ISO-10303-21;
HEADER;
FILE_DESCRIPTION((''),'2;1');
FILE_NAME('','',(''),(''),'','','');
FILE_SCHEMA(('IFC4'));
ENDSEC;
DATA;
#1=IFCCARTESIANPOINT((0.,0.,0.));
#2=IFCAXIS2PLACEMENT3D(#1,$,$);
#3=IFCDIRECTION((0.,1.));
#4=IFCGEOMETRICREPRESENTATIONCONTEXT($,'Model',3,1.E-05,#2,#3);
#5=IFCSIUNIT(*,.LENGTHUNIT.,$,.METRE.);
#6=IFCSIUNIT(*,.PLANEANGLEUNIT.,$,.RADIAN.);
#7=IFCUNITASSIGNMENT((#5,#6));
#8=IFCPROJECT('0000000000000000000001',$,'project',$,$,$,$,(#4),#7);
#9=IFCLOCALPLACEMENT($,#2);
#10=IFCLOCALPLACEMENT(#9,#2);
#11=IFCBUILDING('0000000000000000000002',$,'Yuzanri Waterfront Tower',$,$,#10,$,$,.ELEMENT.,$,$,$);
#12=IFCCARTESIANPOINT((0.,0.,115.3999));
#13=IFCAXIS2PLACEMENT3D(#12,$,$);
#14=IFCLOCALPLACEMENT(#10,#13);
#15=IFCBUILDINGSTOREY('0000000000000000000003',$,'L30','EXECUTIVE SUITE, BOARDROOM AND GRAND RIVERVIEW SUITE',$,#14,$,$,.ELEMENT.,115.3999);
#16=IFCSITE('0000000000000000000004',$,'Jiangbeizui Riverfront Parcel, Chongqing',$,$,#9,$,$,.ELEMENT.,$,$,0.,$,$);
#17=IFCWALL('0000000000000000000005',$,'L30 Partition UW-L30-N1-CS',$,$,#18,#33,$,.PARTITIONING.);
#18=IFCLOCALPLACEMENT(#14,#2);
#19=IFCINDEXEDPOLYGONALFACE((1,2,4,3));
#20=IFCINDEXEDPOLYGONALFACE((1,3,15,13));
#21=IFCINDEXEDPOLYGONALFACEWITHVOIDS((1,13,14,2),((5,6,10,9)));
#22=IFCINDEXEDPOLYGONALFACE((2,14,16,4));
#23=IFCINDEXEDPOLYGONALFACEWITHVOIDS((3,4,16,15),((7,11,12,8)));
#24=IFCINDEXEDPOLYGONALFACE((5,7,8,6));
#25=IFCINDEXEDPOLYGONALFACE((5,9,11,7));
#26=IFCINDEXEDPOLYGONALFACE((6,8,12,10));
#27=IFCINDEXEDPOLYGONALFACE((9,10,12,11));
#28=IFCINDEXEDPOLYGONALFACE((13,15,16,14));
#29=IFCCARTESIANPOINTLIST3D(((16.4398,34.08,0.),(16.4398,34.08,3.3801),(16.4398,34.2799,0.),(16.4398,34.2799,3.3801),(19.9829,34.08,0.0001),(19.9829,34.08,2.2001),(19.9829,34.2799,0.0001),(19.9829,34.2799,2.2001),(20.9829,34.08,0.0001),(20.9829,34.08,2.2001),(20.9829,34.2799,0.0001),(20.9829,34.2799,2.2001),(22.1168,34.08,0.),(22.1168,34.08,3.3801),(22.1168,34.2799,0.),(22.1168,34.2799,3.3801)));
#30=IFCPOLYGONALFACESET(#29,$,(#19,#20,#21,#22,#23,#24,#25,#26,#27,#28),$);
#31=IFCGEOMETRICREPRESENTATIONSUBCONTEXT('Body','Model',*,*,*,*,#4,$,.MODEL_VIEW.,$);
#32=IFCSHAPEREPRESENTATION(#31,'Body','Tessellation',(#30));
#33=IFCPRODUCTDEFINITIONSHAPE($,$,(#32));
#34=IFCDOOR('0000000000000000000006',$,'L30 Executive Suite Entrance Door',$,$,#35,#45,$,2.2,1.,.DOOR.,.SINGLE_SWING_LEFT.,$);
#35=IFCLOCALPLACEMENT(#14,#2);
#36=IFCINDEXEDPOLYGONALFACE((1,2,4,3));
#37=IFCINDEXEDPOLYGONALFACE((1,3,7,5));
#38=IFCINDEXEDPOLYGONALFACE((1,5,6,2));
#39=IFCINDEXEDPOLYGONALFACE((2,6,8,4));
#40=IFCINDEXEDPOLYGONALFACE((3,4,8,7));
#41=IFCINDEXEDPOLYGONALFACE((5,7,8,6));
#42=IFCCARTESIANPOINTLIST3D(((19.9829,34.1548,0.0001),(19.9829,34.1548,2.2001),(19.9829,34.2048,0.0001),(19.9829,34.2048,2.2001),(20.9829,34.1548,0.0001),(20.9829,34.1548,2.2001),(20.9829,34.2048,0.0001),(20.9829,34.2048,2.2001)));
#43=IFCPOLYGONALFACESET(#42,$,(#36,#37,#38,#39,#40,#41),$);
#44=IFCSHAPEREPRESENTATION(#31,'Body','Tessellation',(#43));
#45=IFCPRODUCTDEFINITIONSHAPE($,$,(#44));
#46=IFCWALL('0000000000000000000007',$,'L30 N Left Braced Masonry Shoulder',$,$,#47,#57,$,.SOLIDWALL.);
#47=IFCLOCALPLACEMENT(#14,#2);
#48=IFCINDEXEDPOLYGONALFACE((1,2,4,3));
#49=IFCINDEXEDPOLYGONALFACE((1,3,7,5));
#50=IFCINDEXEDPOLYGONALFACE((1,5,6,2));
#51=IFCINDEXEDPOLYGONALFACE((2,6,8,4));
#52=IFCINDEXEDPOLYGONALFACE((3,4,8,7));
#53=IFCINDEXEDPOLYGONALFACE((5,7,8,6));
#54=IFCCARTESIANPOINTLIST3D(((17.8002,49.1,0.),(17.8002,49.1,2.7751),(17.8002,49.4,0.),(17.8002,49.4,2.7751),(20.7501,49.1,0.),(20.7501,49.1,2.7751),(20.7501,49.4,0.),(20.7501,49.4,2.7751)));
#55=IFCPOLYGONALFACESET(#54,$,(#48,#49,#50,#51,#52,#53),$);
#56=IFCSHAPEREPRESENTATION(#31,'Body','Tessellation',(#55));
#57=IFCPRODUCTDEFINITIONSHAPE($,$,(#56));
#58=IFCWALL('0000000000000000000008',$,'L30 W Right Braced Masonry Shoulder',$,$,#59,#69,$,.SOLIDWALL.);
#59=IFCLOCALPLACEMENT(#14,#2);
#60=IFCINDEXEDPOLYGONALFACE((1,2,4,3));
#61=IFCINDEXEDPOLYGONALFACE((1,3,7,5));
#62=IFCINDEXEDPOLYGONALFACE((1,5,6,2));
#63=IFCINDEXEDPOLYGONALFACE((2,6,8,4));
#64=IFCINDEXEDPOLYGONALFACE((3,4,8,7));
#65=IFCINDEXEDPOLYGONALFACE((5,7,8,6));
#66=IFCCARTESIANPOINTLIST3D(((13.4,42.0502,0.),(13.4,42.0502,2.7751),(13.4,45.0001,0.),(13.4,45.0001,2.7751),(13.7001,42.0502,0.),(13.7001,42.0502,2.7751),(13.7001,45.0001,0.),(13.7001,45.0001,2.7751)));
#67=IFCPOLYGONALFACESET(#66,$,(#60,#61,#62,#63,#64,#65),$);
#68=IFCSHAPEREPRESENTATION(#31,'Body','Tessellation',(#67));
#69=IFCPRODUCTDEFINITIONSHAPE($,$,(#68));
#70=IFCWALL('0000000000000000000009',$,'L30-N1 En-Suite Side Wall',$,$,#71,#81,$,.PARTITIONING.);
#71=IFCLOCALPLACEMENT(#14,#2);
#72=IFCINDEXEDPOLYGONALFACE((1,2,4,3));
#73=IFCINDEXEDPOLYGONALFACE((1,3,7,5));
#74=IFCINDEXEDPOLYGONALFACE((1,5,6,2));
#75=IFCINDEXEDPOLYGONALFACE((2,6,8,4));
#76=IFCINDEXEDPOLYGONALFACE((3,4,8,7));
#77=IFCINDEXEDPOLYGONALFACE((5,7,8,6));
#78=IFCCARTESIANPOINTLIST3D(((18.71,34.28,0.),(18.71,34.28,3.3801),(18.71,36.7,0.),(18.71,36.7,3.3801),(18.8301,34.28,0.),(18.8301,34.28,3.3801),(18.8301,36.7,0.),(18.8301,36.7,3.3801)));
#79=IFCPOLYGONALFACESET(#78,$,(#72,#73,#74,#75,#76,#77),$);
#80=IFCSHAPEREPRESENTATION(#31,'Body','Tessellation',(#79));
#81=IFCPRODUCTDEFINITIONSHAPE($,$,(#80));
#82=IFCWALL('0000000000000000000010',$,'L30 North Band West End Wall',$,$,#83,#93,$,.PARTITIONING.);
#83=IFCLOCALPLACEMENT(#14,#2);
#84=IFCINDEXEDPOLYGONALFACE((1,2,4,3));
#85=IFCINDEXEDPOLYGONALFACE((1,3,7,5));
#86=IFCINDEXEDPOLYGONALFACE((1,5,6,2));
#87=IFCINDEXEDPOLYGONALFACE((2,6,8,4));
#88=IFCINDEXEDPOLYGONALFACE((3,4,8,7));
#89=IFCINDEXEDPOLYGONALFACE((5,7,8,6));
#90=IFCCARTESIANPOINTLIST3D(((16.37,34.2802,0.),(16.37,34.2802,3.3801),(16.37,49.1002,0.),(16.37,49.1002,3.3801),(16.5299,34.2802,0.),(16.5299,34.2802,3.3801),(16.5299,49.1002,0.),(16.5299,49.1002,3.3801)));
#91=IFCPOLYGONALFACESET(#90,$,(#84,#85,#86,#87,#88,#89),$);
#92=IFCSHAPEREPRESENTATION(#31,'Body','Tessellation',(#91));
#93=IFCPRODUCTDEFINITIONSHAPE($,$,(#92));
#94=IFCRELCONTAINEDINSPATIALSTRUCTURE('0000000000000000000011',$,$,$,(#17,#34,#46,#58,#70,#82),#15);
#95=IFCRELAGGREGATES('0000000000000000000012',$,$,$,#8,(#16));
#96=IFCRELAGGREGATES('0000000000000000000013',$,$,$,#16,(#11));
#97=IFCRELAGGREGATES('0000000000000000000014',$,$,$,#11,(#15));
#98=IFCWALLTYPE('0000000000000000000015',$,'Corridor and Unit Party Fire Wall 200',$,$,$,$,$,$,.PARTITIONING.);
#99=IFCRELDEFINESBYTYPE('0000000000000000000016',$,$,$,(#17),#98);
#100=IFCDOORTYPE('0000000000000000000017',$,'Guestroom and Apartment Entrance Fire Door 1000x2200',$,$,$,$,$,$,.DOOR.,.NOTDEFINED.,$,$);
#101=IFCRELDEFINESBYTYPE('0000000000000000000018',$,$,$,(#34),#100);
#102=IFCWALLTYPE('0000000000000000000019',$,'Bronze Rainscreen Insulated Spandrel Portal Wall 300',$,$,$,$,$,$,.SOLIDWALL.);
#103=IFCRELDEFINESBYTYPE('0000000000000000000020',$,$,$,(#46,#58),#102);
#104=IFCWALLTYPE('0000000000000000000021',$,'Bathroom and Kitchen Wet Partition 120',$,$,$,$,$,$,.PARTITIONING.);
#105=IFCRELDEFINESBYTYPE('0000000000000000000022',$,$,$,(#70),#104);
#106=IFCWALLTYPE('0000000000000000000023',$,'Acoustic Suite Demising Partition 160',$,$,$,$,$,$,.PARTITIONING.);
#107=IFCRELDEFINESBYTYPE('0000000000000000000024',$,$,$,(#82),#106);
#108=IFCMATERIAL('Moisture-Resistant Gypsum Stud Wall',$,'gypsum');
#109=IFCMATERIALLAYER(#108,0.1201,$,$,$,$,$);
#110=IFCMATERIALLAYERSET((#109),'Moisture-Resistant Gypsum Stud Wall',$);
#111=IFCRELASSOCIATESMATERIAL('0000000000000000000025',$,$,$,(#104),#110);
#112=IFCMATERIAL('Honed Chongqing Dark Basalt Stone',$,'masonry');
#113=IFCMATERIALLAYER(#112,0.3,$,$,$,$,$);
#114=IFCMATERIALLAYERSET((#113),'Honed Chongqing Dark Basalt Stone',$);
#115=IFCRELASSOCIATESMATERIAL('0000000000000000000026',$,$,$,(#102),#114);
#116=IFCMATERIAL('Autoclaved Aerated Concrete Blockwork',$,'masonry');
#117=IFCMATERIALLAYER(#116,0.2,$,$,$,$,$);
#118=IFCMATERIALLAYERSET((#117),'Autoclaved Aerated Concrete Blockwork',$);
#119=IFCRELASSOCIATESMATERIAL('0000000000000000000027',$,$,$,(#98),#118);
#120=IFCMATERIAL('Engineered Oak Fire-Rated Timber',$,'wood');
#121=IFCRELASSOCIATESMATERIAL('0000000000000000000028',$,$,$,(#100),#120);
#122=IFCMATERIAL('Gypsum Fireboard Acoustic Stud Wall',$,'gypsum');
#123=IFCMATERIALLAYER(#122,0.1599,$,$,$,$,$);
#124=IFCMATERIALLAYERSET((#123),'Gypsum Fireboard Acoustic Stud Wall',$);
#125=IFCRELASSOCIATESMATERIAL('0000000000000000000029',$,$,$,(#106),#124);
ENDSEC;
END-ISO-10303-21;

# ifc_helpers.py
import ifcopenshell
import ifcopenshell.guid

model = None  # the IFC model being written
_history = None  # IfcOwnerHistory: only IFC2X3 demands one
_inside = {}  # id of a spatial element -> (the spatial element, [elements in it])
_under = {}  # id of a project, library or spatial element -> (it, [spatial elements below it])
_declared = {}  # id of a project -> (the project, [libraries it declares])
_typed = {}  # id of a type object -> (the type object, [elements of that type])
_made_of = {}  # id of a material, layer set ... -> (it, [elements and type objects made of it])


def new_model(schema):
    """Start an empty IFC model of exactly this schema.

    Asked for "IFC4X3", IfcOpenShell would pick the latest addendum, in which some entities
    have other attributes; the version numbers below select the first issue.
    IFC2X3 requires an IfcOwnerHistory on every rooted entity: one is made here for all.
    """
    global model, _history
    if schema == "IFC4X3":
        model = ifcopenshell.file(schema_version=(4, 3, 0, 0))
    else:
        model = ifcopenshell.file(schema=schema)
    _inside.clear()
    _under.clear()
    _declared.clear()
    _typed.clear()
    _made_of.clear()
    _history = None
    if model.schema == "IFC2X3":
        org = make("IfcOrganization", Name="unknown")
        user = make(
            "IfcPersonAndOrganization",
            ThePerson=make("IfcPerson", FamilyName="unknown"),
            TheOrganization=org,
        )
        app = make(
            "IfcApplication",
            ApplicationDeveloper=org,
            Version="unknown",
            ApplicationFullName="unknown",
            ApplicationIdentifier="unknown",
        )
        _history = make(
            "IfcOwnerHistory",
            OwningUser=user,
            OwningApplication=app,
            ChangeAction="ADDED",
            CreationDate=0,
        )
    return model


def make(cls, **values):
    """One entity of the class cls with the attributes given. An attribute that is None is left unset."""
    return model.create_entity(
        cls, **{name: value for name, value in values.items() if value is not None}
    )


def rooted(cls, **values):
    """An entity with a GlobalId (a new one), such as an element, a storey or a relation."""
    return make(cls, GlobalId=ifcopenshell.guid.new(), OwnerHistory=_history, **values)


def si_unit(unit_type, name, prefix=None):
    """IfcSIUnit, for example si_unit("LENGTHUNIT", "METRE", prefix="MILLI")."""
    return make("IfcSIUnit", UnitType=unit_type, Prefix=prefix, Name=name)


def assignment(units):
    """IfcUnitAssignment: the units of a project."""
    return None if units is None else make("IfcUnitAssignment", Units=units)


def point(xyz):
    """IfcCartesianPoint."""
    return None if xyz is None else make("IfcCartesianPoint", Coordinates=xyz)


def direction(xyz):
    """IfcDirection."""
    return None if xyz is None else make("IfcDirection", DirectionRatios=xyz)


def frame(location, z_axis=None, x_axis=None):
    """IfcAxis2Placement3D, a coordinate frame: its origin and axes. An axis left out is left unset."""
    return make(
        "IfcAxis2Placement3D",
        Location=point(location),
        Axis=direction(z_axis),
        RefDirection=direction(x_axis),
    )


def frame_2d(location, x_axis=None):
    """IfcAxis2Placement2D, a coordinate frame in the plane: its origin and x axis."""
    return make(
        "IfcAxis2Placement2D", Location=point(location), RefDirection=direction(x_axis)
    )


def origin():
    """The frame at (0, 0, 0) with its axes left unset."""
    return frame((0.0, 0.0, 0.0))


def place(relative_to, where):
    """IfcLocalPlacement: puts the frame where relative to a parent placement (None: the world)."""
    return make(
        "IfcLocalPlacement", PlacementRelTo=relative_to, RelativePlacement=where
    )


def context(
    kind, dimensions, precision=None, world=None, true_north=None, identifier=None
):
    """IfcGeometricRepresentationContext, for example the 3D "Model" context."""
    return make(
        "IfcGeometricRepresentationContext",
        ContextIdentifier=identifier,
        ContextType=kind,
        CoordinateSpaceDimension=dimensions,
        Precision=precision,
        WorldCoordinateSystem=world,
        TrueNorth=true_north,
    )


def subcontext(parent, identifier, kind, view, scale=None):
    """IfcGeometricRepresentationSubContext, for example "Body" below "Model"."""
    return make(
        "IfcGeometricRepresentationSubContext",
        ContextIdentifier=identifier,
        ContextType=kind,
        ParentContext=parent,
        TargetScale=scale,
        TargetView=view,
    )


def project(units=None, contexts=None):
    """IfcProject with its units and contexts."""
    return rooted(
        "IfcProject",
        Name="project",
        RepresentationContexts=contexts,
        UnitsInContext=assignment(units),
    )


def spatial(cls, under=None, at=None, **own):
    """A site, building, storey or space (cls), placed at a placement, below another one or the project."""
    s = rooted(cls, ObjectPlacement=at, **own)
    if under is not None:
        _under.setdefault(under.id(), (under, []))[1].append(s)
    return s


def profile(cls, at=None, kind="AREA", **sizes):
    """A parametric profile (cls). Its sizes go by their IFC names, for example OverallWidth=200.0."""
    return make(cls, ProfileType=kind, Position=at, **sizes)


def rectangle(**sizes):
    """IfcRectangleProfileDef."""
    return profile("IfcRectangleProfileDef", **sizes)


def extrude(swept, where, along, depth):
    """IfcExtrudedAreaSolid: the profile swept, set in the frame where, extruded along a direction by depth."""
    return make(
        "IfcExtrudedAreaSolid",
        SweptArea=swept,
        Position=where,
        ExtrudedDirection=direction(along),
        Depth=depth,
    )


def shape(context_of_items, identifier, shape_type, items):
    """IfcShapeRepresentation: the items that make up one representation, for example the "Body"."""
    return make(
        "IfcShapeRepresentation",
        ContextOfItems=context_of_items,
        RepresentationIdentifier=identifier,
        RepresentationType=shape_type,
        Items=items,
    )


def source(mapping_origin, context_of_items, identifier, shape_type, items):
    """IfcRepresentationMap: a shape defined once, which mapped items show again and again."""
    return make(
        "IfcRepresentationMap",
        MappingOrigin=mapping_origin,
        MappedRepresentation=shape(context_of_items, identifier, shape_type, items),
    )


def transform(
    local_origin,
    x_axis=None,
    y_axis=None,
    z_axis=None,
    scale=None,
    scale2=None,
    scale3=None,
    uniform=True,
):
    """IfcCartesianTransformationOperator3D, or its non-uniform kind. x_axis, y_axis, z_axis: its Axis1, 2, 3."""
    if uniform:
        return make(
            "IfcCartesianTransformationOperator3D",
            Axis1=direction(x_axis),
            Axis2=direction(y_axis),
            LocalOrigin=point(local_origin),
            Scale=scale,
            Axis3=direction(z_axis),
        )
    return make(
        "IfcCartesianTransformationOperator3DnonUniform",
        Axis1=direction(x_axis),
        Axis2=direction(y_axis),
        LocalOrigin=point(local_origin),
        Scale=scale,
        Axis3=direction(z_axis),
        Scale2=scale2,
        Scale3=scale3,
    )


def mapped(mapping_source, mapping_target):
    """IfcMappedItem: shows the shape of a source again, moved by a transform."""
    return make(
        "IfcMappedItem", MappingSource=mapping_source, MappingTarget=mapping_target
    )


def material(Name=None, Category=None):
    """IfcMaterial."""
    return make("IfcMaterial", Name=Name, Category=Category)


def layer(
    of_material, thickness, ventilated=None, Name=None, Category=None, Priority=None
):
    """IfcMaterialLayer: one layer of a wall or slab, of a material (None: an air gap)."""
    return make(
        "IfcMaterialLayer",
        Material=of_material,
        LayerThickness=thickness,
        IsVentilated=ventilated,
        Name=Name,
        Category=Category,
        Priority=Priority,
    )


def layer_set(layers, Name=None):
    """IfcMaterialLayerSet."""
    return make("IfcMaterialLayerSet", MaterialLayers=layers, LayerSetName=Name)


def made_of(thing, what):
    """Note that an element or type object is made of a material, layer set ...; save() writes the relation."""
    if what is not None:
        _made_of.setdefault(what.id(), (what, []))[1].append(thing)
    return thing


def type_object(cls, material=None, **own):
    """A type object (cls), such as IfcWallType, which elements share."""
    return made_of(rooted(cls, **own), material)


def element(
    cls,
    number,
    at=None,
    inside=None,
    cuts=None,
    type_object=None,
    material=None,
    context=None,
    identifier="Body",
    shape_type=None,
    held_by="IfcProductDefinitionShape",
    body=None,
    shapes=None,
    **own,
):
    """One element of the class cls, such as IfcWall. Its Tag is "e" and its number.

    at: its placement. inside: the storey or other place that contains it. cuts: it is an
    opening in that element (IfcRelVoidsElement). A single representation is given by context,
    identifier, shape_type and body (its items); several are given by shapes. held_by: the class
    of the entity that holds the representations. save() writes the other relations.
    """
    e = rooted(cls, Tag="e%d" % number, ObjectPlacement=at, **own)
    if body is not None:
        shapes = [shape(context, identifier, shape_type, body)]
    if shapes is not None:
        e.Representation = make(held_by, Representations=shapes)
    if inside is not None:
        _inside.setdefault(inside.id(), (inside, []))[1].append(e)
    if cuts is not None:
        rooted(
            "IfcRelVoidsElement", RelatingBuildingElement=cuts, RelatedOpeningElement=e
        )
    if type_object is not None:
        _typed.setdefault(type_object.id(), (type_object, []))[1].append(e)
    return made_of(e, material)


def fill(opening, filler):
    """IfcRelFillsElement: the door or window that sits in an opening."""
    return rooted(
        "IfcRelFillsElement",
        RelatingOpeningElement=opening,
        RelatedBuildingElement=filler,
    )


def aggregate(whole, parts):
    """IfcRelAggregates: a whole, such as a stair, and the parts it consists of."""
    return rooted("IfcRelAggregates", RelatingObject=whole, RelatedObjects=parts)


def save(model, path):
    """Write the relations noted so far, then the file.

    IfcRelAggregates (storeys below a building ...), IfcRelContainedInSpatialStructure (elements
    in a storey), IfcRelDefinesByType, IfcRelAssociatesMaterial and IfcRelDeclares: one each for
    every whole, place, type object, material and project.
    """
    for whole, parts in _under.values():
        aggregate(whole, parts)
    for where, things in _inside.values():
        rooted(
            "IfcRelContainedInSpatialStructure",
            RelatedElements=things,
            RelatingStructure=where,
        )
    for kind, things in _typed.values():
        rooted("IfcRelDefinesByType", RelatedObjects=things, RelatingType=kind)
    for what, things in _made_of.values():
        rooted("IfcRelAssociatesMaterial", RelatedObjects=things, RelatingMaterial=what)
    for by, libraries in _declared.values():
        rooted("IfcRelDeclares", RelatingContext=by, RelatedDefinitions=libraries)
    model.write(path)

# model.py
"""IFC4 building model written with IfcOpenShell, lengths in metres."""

from ifc_helpers import new_model, si_unit, direction, frame, frame_2d, origin, place, context, subcontext, project, spatial, rectangle, extrude, source, transform, mapped, material, layer, layer_set, type_object, element, fill, save


model = new_model("IFC4")

# Units and contexts
model_context = context("Model", 3, precision=1e-05, world=origin(), true_north=direction((0.0, 1.0)))
body_context = subcontext(model_context, "Body", "Model", "MODEL_VIEW")
ifc_project = project(units=[si_unit("LENGTHUNIT", "METRE"), si_unit("PLANEANGLEUNIT", "RADIAN")], contexts=[model_context])

# Site, building, storey
site_placement = place(None, origin())
site = spatial("IfcSite", under=ifc_project, at=site_placement, Name="Jiangbeizui Riverfront Parcel, Chongqing", CompositionType="ELEMENT", RefElevation=0.0)
building_placement = place(site_placement, origin())
building = spatial("IfcBuilding", under=site, at=building_placement, Name="Yuzanri Waterfront Tower", CompositionType="ELEMENT")
storey_placement = place(building_placement, frame((0.0, 0.0, 115.3999)))
storey = spatial("IfcBuildingStorey", under=building, at=storey_placement, Name="L30", Description="EXECUTIVE SUITE, BOARDROOM AND GRAND RIVERVIEW SUITE", CompositionType="ELEMENT", Elevation=115.3999)

# Shared definitions
ifc_material_1 = material(Name="Moisture-Resistant Gypsum Stud Wall", Category="gypsum")
ifc_layer_1 = layer(ifc_material_1, 0.1201)
ifc_layer_set_1 = layer_set([ifc_layer_1], Name="Moisture-Resistant Gypsum Stud Wall")
wall_type_1 = type_object("IfcWallType", Name="Bathroom and Kitchen Wet Partition 120", PredefinedType="PARTITIONING", material=ifc_layer_set_1)

# Shared definitions
ifc_material_2 = material(Name="Honed Chongqing Dark Basalt Stone", Category="masonry")
ifc_layer_2 = layer(ifc_material_2, 0.3)
ifc_layer_set_2 = layer_set([ifc_layer_2], Name="Honed Chongqing Dark Basalt Stone")
wall_type_2 = type_object("IfcWallType", Name="Bronze Rainscreen Insulated Spandrel Portal Wall 300", PredefinedType="SOLIDWALL", material=ifc_layer_set_2)

# Wall, opening, door
ifc_material_3 = material(Name="Autoclaved Aerated Concrete Blockwork", Category="masonry")
ifc_layer_3 = layer(ifc_material_3, 0.2)
ifc_layer_set_3 = layer_set([ifc_layer_3], Name="Autoclaved Aerated Concrete Blockwork")
wall_type_3 = type_object("IfcWallType", Name="Corridor and Unit Party Fire Wall 200", PredefinedType="PARTITIONING", material=ifc_layer_set_3)
wall_1_placement = place(storey_placement, frame((16.4399, 34.1799, 0.0), z_axis=(0.0, 0.0, 1.0), x_axis=(1.0, 0.0, 0.0)))
wall_1 = element("IfcWall", 1, at=wall_1_placement, inside=storey, type_object=wall_type_3, Name="L30 Partition UW-L30-N1-CS", PredefinedType="PARTITIONING", context=body_context, shape_type="SweptSolid", body=[
    extrude(rectangle(XDim=5.677, YDim=0.2, at=frame_2d((2.8384, 0.0))), origin(), (0.0, 0.0, 1.0), 3.3801),
])
opening_1_placement = place(wall_1_placement, frame((3.543, 0.0, 0.0)))
opening_1 = element("IfcOpeningElement", 2, at=opening_1_placement, cuts=wall_1, PredefinedType="OPENING", context=body_context, shape_type="SweptSolid", body=[
    extrude(rectangle(XDim=1.0, YDim=2.2, at=frame_2d((0.5, 1.1001))), frame((0.0, 0.1147, 0.0), z_axis=(0.0, -1.0, 0.0), x_axis=(1.0, 0.0, 0.0)), (0.0, 0.0, 1.0), 0.2297),
])
ifc_material_4 = material(Name="Engineered Oak Fire-Rated Timber", Category="wood")
door_type_1 = type_object("IfcDoorType", Name="Guestroom and Apartment Entrance Fire Door 1000x2200", OperationType="NOTDEFINED", PredefinedType="DOOR", material=ifc_material_4)
shared_shape_1 = source(origin(), body_context, "Body", "SweptSolid", [
    extrude(rectangle(XDim=1.0, YDim=2.2, at=frame_2d((0.5, 1.1001))), frame((0.0, 0.0249, 0.0), z_axis=(0.0, -1.0, 0.0), x_axis=(1.0, 0.0, 0.0)), (0.0, 0.0, 1.0), 0.05),
])
door_1_placement = place(opening_1_placement, origin())
door_1 = element("IfcDoor", 3, at=door_1_placement, inside=storey, type_object=door_type_1, Name="L30 Executive Suite Entrance Door", OperationType="SINGLE_SWING_LEFT", OverallHeight=2.2, OverallWidth=1.0, PredefinedType="DOOR", context=body_context, shape_type="MappedRepresentation", body=[
    mapped(shared_shape_1, transform((0.0, 0.0, 0.0), scale=1.0)),
])
fill(opening_1, door_1)

# Walls
shared_shape_2 = source(origin(), body_context, "Body", "SweptSolid", [
    extrude(rectangle(XDim=2.95, YDim=0.3, at=frame_2d((1.4751, 0.0))), origin(), (0.0, 0.0, 1.0), 2.7751),
])
for number, where, z_axis, x_axis, name in (
    (4, (17.8, 49.25, 0.0), (0.0, 0.0, 1.0), (1.0, 0.0, 0.0), "L30 N Left Braced Masonry Shoulder"),
    (5, (13.55, 42.05, 0.0), (0.0, 0.0, 1.0), (0.0, 1.0, 0.0), "L30 W Right Braced Masonry Shoulder"),
):
    element("IfcWall", number, at=place(storey_placement, frame(where, z_axis=z_axis, x_axis=x_axis)), inside=storey, type_object=wall_type_2, Name=name, PredefinedType="SOLIDWALL", context=body_context, shape_type="MappedRepresentation", body=[
        mapped(shared_shape_2, transform((0.0, 0.0, 0.0), scale=1.0)),
    ])
shared_shape_3 = source(origin(), body_context, "Body", "SweptSolid", [
    extrude(rectangle(XDim=2.4199, YDim=0.1201, at=frame_2d((1.21, 0.0))), origin(), (0.0, 0.0, 1.0), 3.3801),
])
wall_2_placement = place(storey_placement, frame((18.77, 34.28, 0.0), z_axis=(0.0, 0.0, 1.0), x_axis=(0.0, 1.0, 0.0)))
element("IfcWall", 6, at=wall_2_placement, inside=storey, type_object=wall_type_1, Name="L30-N1 En-Suite Side Wall", PredefinedType="PARTITIONING", context=body_context, shape_type="MappedRepresentation", body=[
    mapped(shared_shape_3, transform((0.0, 0.0, 0.0), scale=1.0)),
])
ifc_material_5 = material(Name="Gypsum Fireboard Acoustic Stud Wall", Category="gypsum")
ifc_layer_4 = layer(ifc_material_5, 0.1599)
ifc_layer_set_4 = layer_set([ifc_layer_4], Name="Gypsum Fireboard Acoustic Stud Wall")
wall_type_4 = type_object("IfcWallType", Name="Acoustic Suite Demising Partition 160", PredefinedType="PARTITIONING", material=ifc_layer_set_4)
shared_shape_4 = source(origin(), body_context, "Body", "SweptSolid", [
    extrude(rectangle(XDim=14.8201, YDim=0.1599, at=frame_2d((7.4102, 0.0))), origin(), (0.0, 0.0, 1.0), 3.3801),
])
wall_3_placement = place(storey_placement, frame((16.45, 34.28, 0.0), z_axis=(0.0, 0.0, 1.0), x_axis=(0.0, 1.0, 0.0)))
element("IfcWall", 7, at=wall_3_placement, inside=storey, type_object=wall_type_4, Name="L30 North Band West End Wall", PredefinedType="PARTITIONING", context=body_context, shape_type="MappedRepresentation", body=[
    mapped(shared_shape_4, transform((0.0, 0.0, 0.0), scale=1.0)),
])

save(model, "model.ifc")
